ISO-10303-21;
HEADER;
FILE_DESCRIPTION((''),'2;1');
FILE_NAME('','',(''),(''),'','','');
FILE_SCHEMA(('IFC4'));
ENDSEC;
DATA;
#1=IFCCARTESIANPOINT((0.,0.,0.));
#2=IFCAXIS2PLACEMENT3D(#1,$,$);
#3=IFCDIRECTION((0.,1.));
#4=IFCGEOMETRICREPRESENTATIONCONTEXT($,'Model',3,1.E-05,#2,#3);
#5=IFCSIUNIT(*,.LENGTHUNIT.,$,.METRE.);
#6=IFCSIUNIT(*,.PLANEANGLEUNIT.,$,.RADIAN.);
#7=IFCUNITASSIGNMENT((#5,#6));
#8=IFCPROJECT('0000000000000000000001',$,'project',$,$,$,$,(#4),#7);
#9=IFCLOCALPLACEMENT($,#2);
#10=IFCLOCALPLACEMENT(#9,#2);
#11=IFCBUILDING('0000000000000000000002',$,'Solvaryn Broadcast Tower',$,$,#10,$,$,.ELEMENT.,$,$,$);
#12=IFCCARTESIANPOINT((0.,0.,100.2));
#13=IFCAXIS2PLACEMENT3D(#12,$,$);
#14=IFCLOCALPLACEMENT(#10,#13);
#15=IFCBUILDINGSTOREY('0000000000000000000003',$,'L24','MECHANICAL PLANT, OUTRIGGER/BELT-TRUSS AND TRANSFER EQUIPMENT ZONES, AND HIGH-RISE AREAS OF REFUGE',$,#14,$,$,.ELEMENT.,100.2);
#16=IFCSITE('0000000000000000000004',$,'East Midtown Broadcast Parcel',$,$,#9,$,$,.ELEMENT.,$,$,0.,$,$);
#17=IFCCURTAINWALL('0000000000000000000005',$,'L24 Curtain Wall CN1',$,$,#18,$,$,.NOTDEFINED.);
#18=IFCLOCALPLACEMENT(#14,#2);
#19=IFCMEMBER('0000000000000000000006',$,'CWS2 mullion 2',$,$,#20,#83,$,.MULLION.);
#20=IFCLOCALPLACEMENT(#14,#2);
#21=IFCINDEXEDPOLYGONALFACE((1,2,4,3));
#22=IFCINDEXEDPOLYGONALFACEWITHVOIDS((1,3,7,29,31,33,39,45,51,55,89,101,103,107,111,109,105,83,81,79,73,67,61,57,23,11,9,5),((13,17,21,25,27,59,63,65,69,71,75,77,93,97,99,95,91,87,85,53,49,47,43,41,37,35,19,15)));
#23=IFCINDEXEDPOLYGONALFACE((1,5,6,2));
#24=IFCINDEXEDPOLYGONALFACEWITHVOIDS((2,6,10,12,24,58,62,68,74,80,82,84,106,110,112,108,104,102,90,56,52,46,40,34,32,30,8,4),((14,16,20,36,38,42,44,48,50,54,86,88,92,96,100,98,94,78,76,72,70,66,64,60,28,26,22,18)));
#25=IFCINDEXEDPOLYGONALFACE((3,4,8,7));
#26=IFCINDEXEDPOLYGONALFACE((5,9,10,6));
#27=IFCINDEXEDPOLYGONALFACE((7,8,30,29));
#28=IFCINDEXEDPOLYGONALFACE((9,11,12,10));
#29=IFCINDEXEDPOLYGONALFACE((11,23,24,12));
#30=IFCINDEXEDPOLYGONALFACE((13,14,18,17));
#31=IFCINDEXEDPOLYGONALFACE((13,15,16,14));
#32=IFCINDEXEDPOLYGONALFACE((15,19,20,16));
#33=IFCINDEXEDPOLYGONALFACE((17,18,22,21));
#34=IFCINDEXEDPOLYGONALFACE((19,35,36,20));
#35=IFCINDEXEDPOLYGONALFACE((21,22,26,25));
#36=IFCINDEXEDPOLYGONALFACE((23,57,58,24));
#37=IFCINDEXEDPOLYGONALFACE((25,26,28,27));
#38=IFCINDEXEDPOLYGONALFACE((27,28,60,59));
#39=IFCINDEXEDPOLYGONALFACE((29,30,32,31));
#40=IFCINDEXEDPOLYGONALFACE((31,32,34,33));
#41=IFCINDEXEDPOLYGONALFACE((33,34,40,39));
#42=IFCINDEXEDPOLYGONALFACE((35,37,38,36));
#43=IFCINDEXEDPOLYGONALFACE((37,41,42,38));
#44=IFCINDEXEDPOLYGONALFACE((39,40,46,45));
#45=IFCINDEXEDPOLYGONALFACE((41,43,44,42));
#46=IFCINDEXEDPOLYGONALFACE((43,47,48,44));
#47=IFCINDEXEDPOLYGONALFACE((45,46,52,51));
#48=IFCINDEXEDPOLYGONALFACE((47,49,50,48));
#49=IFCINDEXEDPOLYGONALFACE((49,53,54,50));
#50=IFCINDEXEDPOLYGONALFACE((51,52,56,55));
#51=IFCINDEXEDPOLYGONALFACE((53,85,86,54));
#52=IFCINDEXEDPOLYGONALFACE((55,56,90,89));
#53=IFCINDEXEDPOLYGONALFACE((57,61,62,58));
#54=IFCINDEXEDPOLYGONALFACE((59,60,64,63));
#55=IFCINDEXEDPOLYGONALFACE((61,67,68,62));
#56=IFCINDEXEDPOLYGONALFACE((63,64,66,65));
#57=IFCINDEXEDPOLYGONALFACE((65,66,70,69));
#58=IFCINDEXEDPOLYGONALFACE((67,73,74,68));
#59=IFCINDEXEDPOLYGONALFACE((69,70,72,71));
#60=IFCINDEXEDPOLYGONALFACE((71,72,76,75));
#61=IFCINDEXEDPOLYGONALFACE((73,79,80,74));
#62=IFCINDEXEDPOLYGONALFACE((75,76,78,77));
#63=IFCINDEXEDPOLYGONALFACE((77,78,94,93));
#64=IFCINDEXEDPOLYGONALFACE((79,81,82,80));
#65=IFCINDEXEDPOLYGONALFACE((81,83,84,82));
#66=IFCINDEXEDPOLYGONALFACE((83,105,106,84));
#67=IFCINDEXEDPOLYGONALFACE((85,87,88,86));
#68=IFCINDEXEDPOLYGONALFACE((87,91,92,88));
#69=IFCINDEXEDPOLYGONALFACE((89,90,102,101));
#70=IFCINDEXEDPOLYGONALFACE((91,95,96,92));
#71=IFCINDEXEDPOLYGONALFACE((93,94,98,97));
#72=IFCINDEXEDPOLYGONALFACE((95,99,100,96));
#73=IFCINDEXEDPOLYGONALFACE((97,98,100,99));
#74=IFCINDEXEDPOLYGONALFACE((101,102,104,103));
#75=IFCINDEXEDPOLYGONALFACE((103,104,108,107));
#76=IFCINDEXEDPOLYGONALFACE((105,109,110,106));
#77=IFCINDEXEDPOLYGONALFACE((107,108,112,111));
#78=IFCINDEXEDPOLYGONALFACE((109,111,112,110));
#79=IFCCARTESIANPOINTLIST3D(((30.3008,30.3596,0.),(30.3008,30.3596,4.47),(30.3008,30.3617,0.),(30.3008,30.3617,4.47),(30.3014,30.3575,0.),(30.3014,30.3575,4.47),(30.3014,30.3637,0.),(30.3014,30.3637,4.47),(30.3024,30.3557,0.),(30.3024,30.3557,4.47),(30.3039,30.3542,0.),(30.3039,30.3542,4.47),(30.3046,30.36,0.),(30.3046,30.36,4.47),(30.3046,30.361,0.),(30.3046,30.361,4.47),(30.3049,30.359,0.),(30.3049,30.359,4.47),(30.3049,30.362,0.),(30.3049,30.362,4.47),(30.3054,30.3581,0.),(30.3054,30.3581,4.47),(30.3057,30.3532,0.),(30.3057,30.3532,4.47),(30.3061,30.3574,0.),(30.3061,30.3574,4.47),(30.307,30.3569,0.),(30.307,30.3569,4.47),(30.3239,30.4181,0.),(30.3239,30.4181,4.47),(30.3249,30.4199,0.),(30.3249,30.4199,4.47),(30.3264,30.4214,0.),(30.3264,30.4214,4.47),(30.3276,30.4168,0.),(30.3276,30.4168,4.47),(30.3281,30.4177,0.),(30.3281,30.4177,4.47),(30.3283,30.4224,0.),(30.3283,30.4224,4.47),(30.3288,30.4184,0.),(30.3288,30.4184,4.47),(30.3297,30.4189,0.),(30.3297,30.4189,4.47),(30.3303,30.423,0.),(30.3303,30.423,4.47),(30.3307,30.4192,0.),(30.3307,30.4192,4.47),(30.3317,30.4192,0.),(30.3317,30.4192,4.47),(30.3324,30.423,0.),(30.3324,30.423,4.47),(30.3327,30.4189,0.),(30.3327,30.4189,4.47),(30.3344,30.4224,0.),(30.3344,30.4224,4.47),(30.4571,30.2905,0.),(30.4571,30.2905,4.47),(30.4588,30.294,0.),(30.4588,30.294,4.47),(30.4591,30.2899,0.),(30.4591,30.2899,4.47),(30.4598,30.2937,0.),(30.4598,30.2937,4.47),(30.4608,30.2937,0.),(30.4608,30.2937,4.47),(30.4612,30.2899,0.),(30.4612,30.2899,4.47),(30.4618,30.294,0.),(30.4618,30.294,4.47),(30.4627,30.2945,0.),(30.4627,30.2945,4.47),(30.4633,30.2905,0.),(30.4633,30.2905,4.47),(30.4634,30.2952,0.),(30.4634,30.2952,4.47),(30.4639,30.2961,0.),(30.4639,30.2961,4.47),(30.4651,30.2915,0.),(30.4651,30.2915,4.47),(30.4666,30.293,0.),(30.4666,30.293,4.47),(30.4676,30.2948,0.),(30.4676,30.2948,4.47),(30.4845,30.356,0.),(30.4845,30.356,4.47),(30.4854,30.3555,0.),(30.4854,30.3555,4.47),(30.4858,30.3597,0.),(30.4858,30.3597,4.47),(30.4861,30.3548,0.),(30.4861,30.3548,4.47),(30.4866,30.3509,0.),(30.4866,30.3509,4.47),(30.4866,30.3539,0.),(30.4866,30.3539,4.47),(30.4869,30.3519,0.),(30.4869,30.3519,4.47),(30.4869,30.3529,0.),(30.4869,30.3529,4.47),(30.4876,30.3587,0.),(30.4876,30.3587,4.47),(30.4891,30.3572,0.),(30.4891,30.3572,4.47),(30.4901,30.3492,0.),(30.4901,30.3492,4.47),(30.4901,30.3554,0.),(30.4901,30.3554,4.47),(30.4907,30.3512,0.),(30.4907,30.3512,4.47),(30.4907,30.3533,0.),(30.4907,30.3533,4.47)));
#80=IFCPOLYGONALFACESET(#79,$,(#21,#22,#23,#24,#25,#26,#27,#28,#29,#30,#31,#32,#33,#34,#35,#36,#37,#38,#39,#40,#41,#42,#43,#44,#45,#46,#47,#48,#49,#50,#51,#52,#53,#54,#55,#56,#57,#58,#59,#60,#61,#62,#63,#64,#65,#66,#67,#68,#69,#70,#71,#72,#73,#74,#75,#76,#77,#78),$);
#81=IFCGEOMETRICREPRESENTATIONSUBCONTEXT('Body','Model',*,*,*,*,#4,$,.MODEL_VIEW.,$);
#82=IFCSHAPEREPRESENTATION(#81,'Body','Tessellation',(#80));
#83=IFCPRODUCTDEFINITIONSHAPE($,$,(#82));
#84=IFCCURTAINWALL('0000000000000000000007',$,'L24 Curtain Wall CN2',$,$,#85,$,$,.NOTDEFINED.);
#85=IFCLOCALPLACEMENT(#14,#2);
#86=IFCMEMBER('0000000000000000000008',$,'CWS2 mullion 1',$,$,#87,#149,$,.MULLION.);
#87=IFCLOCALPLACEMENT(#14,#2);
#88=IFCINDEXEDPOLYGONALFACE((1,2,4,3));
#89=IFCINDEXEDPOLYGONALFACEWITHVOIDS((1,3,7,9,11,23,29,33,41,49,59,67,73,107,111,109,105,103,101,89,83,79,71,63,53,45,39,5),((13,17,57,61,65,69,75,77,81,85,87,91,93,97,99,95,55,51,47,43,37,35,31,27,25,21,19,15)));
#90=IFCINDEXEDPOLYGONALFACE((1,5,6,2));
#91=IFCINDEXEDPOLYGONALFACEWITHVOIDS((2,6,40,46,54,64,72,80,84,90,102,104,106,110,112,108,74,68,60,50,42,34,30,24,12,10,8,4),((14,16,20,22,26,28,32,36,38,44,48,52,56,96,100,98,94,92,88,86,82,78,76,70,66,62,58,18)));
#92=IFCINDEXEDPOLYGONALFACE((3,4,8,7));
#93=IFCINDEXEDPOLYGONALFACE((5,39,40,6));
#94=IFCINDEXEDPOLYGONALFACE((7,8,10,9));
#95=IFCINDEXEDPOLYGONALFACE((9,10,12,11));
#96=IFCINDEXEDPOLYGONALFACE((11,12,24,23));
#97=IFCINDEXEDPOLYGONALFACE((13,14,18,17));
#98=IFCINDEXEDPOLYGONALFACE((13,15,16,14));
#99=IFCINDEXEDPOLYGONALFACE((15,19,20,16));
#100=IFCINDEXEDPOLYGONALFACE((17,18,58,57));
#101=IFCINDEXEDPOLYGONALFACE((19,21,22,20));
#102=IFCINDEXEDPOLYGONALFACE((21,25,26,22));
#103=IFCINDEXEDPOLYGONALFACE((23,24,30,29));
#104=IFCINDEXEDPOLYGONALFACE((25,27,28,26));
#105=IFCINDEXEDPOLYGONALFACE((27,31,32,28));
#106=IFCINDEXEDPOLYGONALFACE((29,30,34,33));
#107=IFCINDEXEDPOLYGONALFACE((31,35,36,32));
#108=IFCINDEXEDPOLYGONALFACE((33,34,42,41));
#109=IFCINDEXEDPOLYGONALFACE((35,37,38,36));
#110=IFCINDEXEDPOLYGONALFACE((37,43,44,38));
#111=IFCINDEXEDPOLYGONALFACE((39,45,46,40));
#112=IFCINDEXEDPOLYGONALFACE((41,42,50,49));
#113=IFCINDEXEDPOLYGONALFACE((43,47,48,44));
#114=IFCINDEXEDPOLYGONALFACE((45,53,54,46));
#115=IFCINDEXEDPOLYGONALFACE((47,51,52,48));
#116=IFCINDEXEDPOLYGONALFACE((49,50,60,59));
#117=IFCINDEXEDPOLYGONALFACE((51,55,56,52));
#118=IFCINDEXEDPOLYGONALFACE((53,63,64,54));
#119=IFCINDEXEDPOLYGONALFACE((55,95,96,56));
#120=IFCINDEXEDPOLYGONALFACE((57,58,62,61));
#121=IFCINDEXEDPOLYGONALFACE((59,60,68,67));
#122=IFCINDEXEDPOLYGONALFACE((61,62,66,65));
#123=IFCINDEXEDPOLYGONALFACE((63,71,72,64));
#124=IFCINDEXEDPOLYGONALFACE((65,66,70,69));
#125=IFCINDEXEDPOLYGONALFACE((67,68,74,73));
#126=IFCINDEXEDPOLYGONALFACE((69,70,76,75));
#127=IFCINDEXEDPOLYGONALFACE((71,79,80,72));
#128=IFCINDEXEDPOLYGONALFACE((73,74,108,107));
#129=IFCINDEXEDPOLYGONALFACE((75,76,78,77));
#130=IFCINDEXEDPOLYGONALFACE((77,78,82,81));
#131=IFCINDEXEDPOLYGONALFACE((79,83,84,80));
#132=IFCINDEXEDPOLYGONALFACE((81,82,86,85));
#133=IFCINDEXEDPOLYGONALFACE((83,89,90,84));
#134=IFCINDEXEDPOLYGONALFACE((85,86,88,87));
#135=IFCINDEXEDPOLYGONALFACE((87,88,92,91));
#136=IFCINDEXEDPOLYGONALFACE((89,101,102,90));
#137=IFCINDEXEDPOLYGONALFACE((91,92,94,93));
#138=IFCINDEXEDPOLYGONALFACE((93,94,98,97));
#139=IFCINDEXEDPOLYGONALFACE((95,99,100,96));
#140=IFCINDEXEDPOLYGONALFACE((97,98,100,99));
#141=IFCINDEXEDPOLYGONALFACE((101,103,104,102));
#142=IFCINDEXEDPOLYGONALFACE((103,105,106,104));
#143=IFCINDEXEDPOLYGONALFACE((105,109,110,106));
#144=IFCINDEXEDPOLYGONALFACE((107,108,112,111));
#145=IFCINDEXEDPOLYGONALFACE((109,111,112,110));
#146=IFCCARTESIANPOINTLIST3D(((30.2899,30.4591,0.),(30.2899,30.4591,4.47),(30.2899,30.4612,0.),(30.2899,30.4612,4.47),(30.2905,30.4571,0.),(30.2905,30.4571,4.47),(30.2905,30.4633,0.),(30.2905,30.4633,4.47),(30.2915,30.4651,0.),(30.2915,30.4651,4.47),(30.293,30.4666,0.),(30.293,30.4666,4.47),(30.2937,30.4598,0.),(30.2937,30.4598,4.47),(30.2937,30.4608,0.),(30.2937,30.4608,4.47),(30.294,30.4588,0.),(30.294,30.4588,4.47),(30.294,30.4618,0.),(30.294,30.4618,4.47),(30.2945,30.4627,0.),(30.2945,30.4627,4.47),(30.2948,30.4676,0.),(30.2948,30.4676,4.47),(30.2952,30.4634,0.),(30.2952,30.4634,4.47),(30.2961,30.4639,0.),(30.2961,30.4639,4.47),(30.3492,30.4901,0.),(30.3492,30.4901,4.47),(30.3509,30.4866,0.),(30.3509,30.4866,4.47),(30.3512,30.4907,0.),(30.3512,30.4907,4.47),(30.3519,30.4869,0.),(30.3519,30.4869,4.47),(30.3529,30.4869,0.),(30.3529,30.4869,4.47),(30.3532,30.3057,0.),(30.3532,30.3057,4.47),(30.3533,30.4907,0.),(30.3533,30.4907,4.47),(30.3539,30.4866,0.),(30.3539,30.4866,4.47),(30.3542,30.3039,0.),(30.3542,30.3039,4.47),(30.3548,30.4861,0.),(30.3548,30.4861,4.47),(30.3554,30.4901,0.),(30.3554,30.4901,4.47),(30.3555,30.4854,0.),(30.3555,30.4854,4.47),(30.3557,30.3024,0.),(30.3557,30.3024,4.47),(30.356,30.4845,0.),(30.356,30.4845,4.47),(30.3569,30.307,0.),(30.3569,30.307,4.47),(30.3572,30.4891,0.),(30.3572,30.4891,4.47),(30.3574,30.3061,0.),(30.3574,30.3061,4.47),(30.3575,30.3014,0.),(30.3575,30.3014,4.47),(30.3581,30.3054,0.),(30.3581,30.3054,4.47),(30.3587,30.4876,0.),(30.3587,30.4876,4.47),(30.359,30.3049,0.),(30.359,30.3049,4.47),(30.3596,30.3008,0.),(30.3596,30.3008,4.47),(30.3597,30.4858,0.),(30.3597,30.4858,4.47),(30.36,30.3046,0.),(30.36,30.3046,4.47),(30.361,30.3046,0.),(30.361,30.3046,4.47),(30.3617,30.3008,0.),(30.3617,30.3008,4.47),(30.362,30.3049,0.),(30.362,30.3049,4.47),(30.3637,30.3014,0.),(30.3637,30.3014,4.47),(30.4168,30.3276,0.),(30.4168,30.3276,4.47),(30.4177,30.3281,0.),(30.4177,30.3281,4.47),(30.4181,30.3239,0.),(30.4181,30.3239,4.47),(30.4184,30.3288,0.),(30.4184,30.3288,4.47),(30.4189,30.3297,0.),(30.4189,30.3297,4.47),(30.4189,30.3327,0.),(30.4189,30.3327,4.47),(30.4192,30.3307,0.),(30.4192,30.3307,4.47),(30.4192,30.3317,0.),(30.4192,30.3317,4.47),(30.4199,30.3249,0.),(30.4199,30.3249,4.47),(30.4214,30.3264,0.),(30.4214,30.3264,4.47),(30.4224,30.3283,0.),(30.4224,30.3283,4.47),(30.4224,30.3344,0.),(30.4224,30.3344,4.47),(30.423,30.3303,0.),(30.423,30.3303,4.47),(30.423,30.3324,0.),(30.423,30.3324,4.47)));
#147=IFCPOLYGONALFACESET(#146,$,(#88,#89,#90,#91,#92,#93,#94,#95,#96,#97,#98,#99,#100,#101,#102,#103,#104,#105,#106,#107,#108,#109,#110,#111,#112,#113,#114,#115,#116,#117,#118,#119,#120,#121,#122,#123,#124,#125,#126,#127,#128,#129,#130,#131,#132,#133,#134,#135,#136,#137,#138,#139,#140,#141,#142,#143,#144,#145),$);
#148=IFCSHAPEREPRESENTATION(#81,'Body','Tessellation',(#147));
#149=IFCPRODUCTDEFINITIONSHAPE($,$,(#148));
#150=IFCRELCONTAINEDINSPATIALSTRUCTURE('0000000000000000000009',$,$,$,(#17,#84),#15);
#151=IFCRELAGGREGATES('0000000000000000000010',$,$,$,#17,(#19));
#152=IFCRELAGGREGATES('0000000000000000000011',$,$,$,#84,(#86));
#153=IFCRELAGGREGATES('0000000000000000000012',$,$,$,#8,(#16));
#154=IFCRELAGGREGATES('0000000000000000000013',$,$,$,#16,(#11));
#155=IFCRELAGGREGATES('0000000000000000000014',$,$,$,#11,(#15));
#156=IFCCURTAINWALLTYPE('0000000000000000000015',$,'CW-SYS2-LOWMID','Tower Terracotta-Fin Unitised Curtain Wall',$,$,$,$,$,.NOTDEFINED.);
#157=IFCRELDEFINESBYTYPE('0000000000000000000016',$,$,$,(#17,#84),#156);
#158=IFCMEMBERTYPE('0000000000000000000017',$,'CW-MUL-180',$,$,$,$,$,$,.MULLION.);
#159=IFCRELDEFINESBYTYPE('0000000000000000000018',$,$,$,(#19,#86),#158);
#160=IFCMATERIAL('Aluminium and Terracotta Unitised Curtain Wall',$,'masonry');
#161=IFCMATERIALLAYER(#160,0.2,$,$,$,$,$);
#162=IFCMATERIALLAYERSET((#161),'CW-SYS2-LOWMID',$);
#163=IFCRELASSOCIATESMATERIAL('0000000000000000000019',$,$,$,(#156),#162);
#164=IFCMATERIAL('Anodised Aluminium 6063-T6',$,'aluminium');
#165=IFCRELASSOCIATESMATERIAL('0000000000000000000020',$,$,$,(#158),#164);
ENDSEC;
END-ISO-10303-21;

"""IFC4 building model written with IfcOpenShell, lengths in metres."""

from ifc_helpers import new_model, si_unit, direction, frame, origin, origin_2d, place, context, subcontext, project, spatial, hollow_rectangle, extrude, material, layer, layer_set, material_profile, profile_set, type_object, element, aggregate, save


model = new_model("IFC4")

# Units and contexts
model_context = context("Model", 3, precision=1e-05, world=origin(), true_north=direction((0.0, 1.0)))
body_context = subcontext(model_context, "Body", "Model", "MODEL_VIEW")
ifc_project = project(units=[si_unit("LENGTHUNIT", "METRE"), si_unit("PLANEANGLEUNIT", "RADIAN")], contexts=[model_context])

# Site, building, storey
site_placement = place(None, origin())
site = spatial("IfcSite", under=ifc_project, at=site_placement, Name="East Midtown Broadcast Parcel", CompositionType="ELEMENT", RefElevation=0.0)
building_placement = place(site_placement, origin())
building = spatial("IfcBuilding", under=site, at=building_placement, Name="Solvaryn Broadcast Tower", CompositionType="ELEMENT")
storey_placement = place(building_placement, frame((0.0, 0.0, 100.2)))
storey = spatial("IfcBuildingStorey", under=building, at=storey_placement, Name="L24", Description="MECHANICAL PLANT, OUTRIGGER/BELT-TRUSS AND TRANSFER EQUIPMENT ZONES, AND HIGH-RISE AREAS OF REFUGE", CompositionType="ELEMENT", Elevation=100.2)

# Shared definitions
ifc_material_1 = material(Name="Aluminium and Terracotta Unitised Curtain Wall", Category="masonry")
ifc_layer_1 = layer(ifc_material_1, 0.2)
ifc_layer_set_1 = layer_set([ifc_layer_1], Name="CW-SYS2-LOWMID")
curtain_wall_type = type_object("IfcCurtainWallType", Name="CW-SYS2-LOWMID", Description="Tower Terracotta-Fin Unitised Curtain Wall", PredefinedType="NOTDEFINED", material=ifc_layer_set_1)
ifc_material_2 = material(Name="Anodised Aluminium 6063-T6", Category="aluminium")
ifc_material_profile_1 = material_profile(ifc_material_2, hollow_rectangle(XDim=0.075, YDim=0.1799, WallThickness=0.0039, InnerFilletRadius=0.0039, OuterFilletRadius=0.0081, at=origin_2d()))
ifc_profile_set_1 = profile_set([ifc_material_profile_1], Name="Anodised Aluminium 6063-T6")
member_type_1 = type_object("IfcMemberType", Name="CW-MUL-180", PredefinedType="MULLION", material=ifc_profile_set_1)

# Curtain wall, member
curtain_wall_1_placement = place(storey_placement, origin())
curtain_wall_1 = element("IfcCurtainWall", 1, at=curtain_wall_1_placement, inside=storey, type_object=curtain_wall_type, Name="L24 Curtain Wall CN1", PredefinedType="NOTDEFINED")
member_1_placement = place(storey_placement, frame((30.3958, 30.3564, 0.0), z_axis=(0.0, 0.0, 1.0), x_axis=(-0.382646, -0.923895, 0.0)))
member_1 = element("IfcMember", 2, at=member_1_placement, type_object=member_type_1, Name="CWS2 mullion 2", PredefinedType="MULLION", context=body_context, shape_type="SweptSolid", body=[
    extrude(hollow_rectangle(XDim=0.075, YDim=0.1799, WallThickness=0.0039, InnerFilletRadius=0.0039, OuterFilletRadius=0.0081, at=origin_2d()), origin(), (0.0, 0.0, 1.0), 4.47),
])

# Curtain wall, member
curtain_wall_2_placement = place(storey_placement, origin())
curtain_wall_2 = element("IfcCurtainWall", 3, at=curtain_wall_2_placement, inside=storey, type_object=curtain_wall_type, Name="L24 Curtain Wall CN2", PredefinedType="NOTDEFINED")
member_2_placement = place(storey_placement, frame((30.3564, 30.3958, 0.0), z_axis=(0.0, 0.0, 1.0), x_axis=(-0.923895, -0.382646, 0.0)))
member_2 = element("IfcMember", 4, at=member_2_placement, type_object=member_type_1, Name="CWS2 mullion 1", PredefinedType="MULLION", context=body_context, shape_type="SweptSolid", body=[
    extrude(hollow_rectangle(XDim=0.075, YDim=0.1799, WallThickness=0.0039, InnerFilletRadius=0.0039, OuterFilletRadius=0.0081, at=origin_2d()), origin(), (0.0, 0.0, 1.0), 4.47),
])

aggregate(curtain_wall_1, [member_1])
aggregate(curtain_wall_2, [member_2])

save(model, "model.ifc")
